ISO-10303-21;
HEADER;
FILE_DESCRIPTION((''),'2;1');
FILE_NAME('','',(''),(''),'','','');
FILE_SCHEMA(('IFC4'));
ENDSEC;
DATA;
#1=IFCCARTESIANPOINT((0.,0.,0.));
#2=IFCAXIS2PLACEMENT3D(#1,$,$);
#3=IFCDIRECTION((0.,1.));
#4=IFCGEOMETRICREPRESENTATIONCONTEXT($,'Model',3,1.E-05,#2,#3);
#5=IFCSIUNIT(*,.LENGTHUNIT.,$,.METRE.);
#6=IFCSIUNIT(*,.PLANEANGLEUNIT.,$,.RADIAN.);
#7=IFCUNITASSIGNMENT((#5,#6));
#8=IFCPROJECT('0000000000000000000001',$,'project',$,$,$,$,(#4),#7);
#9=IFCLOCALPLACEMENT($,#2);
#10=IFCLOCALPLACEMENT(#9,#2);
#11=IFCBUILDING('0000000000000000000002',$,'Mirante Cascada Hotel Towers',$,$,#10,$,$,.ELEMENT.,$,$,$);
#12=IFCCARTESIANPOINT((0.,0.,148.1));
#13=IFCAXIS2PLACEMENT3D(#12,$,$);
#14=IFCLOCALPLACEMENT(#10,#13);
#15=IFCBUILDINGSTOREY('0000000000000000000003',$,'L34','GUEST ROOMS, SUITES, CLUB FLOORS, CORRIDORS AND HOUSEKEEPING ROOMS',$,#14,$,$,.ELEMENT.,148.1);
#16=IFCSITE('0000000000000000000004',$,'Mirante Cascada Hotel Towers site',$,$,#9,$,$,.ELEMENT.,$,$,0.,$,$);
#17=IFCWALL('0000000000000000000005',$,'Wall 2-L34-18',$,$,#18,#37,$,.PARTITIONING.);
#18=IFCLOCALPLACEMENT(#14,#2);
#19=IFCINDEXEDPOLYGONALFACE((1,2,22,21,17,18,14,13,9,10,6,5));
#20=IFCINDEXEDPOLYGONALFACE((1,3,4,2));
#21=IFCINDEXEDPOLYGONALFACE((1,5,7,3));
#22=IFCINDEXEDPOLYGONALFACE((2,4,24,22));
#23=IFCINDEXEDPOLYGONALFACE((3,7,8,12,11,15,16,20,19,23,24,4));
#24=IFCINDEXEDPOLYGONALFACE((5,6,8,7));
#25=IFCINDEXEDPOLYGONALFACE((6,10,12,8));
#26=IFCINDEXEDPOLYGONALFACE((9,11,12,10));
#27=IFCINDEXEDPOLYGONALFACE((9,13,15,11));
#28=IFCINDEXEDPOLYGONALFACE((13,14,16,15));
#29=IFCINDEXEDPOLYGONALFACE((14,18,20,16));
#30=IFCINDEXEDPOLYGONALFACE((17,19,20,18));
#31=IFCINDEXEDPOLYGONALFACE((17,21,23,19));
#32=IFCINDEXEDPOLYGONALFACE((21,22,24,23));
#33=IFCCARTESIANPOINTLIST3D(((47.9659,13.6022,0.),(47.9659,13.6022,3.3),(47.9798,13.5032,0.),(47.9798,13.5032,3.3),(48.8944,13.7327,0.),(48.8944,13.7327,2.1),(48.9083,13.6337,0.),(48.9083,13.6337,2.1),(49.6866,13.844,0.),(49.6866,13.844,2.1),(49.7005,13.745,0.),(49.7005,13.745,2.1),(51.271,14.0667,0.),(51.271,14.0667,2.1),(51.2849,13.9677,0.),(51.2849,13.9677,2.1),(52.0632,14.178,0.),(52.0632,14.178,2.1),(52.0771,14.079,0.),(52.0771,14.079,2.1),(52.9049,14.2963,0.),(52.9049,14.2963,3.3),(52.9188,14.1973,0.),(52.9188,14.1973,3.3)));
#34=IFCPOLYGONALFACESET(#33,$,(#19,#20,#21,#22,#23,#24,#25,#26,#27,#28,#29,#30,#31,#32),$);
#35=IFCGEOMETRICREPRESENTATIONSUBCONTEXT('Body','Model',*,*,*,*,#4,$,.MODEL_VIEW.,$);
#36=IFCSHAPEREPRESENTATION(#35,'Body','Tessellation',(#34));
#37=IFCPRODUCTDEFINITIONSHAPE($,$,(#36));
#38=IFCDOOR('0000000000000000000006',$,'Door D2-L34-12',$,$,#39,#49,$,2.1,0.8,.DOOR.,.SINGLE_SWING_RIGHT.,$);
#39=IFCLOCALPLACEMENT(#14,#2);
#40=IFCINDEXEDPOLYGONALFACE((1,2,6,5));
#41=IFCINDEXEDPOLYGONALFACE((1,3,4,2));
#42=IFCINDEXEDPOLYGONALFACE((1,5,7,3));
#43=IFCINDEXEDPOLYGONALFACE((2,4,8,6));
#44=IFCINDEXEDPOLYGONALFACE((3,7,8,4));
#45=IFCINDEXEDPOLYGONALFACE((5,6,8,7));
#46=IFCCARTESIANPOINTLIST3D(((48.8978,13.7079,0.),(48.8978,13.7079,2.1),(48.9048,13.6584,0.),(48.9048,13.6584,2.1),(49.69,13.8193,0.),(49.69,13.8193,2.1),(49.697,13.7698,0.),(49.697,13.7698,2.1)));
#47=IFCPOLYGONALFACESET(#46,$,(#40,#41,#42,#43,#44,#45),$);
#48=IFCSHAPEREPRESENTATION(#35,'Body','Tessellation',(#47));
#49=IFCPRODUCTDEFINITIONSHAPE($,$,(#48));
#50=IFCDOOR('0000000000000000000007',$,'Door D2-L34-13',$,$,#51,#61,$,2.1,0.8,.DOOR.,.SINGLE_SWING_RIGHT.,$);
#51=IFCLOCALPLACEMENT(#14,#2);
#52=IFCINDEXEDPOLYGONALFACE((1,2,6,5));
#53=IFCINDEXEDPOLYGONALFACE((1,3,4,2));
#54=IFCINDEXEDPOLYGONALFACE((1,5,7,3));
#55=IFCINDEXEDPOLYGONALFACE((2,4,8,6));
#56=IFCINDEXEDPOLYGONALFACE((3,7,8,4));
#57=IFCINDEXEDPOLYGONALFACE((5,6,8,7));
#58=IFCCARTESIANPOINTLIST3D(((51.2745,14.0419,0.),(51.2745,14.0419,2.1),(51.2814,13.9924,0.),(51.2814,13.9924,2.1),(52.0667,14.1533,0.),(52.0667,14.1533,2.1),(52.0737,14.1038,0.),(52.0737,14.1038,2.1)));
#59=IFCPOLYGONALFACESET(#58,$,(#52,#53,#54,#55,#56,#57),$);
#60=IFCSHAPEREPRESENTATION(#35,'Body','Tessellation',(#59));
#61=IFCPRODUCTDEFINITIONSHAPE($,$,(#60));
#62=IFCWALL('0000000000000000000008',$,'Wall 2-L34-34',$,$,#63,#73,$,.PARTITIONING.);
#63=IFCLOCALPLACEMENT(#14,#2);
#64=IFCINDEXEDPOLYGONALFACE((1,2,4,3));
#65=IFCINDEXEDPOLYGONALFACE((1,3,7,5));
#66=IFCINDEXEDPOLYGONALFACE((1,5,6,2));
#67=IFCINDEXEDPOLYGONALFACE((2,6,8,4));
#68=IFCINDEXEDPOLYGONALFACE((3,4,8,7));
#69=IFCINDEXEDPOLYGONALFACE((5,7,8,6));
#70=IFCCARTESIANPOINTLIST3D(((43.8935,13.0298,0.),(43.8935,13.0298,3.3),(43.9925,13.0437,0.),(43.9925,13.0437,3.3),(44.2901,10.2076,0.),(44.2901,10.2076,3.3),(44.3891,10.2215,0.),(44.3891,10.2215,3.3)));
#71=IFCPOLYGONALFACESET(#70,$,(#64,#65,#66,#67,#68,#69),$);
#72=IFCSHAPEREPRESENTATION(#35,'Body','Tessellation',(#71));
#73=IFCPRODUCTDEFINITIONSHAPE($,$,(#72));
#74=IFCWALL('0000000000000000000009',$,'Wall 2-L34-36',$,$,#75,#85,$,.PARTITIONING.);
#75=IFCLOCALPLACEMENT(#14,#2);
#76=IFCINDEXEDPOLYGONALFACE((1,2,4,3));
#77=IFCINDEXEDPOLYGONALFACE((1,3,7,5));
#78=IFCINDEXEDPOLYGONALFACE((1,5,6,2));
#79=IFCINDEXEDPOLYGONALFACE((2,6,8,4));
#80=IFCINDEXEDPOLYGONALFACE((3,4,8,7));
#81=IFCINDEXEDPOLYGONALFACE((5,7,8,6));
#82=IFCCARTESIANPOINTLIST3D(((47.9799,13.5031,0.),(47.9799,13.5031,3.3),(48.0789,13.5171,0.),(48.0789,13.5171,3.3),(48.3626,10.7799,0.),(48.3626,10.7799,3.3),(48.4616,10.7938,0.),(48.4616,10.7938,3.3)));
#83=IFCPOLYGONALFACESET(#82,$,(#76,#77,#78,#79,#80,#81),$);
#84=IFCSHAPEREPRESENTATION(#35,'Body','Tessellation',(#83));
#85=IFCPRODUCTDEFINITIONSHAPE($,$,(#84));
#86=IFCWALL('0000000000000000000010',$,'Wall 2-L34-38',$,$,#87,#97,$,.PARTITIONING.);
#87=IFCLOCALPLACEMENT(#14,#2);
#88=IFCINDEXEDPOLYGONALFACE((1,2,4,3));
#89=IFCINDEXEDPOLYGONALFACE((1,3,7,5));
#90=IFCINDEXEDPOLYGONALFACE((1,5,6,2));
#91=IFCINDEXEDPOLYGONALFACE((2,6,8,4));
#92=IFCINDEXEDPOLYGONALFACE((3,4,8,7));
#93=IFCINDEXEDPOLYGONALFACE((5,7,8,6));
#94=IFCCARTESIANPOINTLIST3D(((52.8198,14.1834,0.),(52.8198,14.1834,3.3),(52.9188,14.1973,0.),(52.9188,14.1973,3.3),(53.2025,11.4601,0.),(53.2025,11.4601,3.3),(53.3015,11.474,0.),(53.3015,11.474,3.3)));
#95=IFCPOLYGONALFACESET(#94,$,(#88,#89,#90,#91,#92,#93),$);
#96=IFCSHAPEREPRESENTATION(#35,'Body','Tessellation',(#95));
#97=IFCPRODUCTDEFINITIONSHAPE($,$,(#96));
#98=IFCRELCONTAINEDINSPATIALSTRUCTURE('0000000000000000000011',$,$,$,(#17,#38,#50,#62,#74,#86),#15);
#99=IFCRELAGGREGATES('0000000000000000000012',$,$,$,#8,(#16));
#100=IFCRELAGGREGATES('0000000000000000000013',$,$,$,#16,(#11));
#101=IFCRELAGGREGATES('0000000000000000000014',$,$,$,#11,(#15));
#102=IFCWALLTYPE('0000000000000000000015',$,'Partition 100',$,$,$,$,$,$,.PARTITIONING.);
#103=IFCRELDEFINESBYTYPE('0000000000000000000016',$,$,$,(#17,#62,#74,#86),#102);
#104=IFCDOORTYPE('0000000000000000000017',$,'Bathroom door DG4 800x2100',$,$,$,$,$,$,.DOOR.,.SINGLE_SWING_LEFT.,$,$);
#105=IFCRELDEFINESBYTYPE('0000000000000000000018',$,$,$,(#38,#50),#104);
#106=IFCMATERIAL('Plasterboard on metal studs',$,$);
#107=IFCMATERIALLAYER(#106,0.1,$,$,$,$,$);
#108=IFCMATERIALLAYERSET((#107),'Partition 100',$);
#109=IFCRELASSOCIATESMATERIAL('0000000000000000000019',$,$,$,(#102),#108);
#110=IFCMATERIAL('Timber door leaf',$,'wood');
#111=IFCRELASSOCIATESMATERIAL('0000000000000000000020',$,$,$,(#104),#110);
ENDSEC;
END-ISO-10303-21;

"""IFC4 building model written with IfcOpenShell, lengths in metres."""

from ifc_helpers import new_model, si_unit, direction, frame, frame_2d, origin, place, context, subcontext, project, spatial, rectangle, extrude, material, layer, layer_set, type_object, element, fill, save


model = new_model("IFC4")

# Units and contexts
model_context = context("Model", 3, precision=1e-05, world=origin(), true_north=direction((0.0, 1.0)))
body_context = subcontext(model_context, "Body", "Model", "MODEL_VIEW")
ifc_project = project(units=[si_unit("LENGTHUNIT", "METRE"), si_unit("PLANEANGLEUNIT", "RADIAN")], contexts=[model_context])

# Site, building, storey
site_placement = place(None, origin())
site = spatial("IfcSite", under=ifc_project, at=site_placement, Name="Mirante Cascada Hotel Towers site", CompositionType="ELEMENT", RefElevation=0.0)
building_placement = place(site_placement, origin())
building = spatial("IfcBuilding", under=site, at=building_placement, Name="Mirante Cascada Hotel Towers", CompositionType="ELEMENT")
storey_placement = place(building_placement, frame((0.0, 0.0, 148.1)))
storey = spatial("IfcBuildingStorey", under=building, at=storey_placement, Name="L34", Description="GUEST ROOMS, SUITES, CLUB FLOORS, CORRIDORS AND HOUSEKEEPING ROOMS", CompositionType="ELEMENT", Elevation=148.1)

# Wall, openings, doors
ifc_material_1 = material(Name="Plasterboard on metal studs")
ifc_layer_1 = layer(ifc_material_1, 0.1)
ifc_layer_set_1 = layer_set([ifc_layer_1], Name="Partition 100")
wall_type_1 = type_object("IfcWallType", Name="Partition 100", PredefinedType="PARTITIONING", material=ifc_layer_set_1)
wall_1_placement = place(storey_placement, frame((52.9119, 14.2468, 0.0), z_axis=(0.0, 0.0, 1.0), x_axis=(-0.990269, -0.139167, 0.0)))
wall_1 = element("IfcWall", 1, at=wall_1_placement, inside=storey, type_object=wall_type_1, Name="Wall 2-L34-18", PredefinedType="PARTITIONING", context=body_context, shape_type="SweptSolid", body=[
    extrude(rectangle(XDim=4.9875, YDim=0.1, at=frame_2d((2.4938, 0.0))), origin(), (0.0, 0.0, 1.0), 3.3),
])
opening_1_placement = place(wall_1_placement, frame((3.25, 0.0, 0.0)))
opening_1 = element("IfcOpeningElement", 2, at=opening_1_placement, cuts=wall_1, PredefinedType="OPENING", context=body_context, shape_type="SweptSolid", body=[
    extrude(rectangle(XDim=0.8, YDim=2.1, at=frame_2d((0.4, 1.05))), frame((0.0, 0.05, 0.0), z_axis=(0.0, -1.0, 0.0), x_axis=(1.0, 0.0, 0.0)), (0.0, 0.0, 1.0), 0.1),
])
opening_2_placement = place(wall_1_placement, frame((0.85, 0.0, 0.0)))
opening_2 = element("IfcOpeningElement", 3, at=opening_2_placement, cuts=wall_1, PredefinedType="OPENING", context=body_context, shape_type="SweptSolid", body=[
    extrude(rectangle(XDim=0.8, YDim=2.1, at=frame_2d((0.4, 1.05))), frame((0.0, 0.05, 0.0), z_axis=(0.0, -1.0, 0.0), x_axis=(1.0, 0.0, 0.0)), (0.0, 0.0, 1.0), 0.1),
])
ifc_material_2 = material(Name="Timber door leaf", Category="wood")
door_type_1 = type_object("IfcDoorType", Name="Bathroom door DG4 800x2100", OperationType="SINGLE_SWING_LEFT", PredefinedType="DOOR", material=ifc_material_2)
door_1_placement = place(opening_1_placement, frame((0.8, 0.0, 0.0), z_axis=(0.0, 0.0, 1.0), x_axis=(-1.0, 0.0, 0.0)))
door_1 = element("IfcDoor", 4, at=door_1_placement, inside=storey, type_object=door_type_1, Name="Door D2-L34-12", OperationType="SINGLE_SWING_RIGHT", OverallHeight=2.1, OverallWidth=0.8, PredefinedType="DOOR", context=body_context, shape_type="SweptSolid", body=[
    extrude(rectangle(XDim=0.8, YDim=2.1, at=frame_2d((0.4, 1.05))), frame((0.0, 0.025, 0.0), z_axis=(0.0, -1.0, 0.0), x_axis=(1.0, 0.0, 0.0)), (0.0, 0.0, 1.0), 0.05),
])
fill(opening_1, door_1)
door_2_placement = place(opening_2_placement, frame((0.8, 0.0, 0.0), z_axis=(0.0, 0.0, 1.0), x_axis=(-1.0, 0.0, 0.0)))
door_2 = element("IfcDoor", 5, at=door_2_placement, inside=storey, type_object=door_type_1, Name="Door D2-L34-13", OperationType="SINGLE_SWING_RIGHT", OverallHeight=2.1, OverallWidth=0.8, PredefinedType="DOOR", context=body_context, shape_type="SweptSolid", body=[
    extrude(rectangle(XDim=0.8, YDim=2.1, at=frame_2d((0.4, 1.05))), frame((0.0, 0.025, 0.0), z_axis=(0.0, -1.0, 0.0), x_axis=(1.0, 0.0, 0.0)), (0.0, 0.0, 1.0), 0.05),
])
fill(opening_2, door_2)

# Walls
wall_2_placement = place(storey_placement, frame((43.943, 13.0368, 0.0), z_axis=(0.0, 0.0, 1.0), x_axis=(0.139161, -0.99027, 0.0)))
element("IfcWall", 6, at=wall_2_placement, inside=storey, type_object=wall_type_1, Name="Wall 2-L34-34", PredefinedType="PARTITIONING", context=body_context, shape_type="SweptSolid", body=[
    extrude(rectangle(XDim=2.8499, YDim=0.1, at=frame_2d((1.425, 0.0))), origin(), (0.0, 0.0, 1.0), 3.3),
])
wall_3_placement = place(storey_placement, frame((48.0294, 13.5101, 0.0), z_axis=(0.0, 0.0, 1.0), x_axis=(0.139166, -0.990269, 0.0)))
element("IfcWall", 7, at=wall_3_placement, inside=storey, type_object=wall_type_1, Name="Wall 2-L34-36", PredefinedType="PARTITIONING", context=body_context, shape_type="SweptSolid", body=[
    extrude(rectangle(XDim=2.75, YDim=0.1, at=frame_2d((1.375, 0.0))), origin(), (0.0, 0.0, 1.0), 3.3),
])
wall_4_placement = place(storey_placement, frame((52.8693, 14.1904, 0.0), z_axis=(0.0, 0.0, 1.0), x_axis=(0.139161, -0.99027, 0.0)))
element("IfcWall", 8, at=wall_4_placement, inside=storey, type_object=wall_type_1, Name="Wall 2-L34-38", PredefinedType="PARTITIONING", context=body_context, shape_type="SweptSolid", body=[
    extrude(rectangle(XDim=2.7501, YDim=0.1, at=frame_2d((1.3751, 0.0))), origin(), (0.0, 0.0, 1.0), 3.3),
])

save(model, "model.ifc")
